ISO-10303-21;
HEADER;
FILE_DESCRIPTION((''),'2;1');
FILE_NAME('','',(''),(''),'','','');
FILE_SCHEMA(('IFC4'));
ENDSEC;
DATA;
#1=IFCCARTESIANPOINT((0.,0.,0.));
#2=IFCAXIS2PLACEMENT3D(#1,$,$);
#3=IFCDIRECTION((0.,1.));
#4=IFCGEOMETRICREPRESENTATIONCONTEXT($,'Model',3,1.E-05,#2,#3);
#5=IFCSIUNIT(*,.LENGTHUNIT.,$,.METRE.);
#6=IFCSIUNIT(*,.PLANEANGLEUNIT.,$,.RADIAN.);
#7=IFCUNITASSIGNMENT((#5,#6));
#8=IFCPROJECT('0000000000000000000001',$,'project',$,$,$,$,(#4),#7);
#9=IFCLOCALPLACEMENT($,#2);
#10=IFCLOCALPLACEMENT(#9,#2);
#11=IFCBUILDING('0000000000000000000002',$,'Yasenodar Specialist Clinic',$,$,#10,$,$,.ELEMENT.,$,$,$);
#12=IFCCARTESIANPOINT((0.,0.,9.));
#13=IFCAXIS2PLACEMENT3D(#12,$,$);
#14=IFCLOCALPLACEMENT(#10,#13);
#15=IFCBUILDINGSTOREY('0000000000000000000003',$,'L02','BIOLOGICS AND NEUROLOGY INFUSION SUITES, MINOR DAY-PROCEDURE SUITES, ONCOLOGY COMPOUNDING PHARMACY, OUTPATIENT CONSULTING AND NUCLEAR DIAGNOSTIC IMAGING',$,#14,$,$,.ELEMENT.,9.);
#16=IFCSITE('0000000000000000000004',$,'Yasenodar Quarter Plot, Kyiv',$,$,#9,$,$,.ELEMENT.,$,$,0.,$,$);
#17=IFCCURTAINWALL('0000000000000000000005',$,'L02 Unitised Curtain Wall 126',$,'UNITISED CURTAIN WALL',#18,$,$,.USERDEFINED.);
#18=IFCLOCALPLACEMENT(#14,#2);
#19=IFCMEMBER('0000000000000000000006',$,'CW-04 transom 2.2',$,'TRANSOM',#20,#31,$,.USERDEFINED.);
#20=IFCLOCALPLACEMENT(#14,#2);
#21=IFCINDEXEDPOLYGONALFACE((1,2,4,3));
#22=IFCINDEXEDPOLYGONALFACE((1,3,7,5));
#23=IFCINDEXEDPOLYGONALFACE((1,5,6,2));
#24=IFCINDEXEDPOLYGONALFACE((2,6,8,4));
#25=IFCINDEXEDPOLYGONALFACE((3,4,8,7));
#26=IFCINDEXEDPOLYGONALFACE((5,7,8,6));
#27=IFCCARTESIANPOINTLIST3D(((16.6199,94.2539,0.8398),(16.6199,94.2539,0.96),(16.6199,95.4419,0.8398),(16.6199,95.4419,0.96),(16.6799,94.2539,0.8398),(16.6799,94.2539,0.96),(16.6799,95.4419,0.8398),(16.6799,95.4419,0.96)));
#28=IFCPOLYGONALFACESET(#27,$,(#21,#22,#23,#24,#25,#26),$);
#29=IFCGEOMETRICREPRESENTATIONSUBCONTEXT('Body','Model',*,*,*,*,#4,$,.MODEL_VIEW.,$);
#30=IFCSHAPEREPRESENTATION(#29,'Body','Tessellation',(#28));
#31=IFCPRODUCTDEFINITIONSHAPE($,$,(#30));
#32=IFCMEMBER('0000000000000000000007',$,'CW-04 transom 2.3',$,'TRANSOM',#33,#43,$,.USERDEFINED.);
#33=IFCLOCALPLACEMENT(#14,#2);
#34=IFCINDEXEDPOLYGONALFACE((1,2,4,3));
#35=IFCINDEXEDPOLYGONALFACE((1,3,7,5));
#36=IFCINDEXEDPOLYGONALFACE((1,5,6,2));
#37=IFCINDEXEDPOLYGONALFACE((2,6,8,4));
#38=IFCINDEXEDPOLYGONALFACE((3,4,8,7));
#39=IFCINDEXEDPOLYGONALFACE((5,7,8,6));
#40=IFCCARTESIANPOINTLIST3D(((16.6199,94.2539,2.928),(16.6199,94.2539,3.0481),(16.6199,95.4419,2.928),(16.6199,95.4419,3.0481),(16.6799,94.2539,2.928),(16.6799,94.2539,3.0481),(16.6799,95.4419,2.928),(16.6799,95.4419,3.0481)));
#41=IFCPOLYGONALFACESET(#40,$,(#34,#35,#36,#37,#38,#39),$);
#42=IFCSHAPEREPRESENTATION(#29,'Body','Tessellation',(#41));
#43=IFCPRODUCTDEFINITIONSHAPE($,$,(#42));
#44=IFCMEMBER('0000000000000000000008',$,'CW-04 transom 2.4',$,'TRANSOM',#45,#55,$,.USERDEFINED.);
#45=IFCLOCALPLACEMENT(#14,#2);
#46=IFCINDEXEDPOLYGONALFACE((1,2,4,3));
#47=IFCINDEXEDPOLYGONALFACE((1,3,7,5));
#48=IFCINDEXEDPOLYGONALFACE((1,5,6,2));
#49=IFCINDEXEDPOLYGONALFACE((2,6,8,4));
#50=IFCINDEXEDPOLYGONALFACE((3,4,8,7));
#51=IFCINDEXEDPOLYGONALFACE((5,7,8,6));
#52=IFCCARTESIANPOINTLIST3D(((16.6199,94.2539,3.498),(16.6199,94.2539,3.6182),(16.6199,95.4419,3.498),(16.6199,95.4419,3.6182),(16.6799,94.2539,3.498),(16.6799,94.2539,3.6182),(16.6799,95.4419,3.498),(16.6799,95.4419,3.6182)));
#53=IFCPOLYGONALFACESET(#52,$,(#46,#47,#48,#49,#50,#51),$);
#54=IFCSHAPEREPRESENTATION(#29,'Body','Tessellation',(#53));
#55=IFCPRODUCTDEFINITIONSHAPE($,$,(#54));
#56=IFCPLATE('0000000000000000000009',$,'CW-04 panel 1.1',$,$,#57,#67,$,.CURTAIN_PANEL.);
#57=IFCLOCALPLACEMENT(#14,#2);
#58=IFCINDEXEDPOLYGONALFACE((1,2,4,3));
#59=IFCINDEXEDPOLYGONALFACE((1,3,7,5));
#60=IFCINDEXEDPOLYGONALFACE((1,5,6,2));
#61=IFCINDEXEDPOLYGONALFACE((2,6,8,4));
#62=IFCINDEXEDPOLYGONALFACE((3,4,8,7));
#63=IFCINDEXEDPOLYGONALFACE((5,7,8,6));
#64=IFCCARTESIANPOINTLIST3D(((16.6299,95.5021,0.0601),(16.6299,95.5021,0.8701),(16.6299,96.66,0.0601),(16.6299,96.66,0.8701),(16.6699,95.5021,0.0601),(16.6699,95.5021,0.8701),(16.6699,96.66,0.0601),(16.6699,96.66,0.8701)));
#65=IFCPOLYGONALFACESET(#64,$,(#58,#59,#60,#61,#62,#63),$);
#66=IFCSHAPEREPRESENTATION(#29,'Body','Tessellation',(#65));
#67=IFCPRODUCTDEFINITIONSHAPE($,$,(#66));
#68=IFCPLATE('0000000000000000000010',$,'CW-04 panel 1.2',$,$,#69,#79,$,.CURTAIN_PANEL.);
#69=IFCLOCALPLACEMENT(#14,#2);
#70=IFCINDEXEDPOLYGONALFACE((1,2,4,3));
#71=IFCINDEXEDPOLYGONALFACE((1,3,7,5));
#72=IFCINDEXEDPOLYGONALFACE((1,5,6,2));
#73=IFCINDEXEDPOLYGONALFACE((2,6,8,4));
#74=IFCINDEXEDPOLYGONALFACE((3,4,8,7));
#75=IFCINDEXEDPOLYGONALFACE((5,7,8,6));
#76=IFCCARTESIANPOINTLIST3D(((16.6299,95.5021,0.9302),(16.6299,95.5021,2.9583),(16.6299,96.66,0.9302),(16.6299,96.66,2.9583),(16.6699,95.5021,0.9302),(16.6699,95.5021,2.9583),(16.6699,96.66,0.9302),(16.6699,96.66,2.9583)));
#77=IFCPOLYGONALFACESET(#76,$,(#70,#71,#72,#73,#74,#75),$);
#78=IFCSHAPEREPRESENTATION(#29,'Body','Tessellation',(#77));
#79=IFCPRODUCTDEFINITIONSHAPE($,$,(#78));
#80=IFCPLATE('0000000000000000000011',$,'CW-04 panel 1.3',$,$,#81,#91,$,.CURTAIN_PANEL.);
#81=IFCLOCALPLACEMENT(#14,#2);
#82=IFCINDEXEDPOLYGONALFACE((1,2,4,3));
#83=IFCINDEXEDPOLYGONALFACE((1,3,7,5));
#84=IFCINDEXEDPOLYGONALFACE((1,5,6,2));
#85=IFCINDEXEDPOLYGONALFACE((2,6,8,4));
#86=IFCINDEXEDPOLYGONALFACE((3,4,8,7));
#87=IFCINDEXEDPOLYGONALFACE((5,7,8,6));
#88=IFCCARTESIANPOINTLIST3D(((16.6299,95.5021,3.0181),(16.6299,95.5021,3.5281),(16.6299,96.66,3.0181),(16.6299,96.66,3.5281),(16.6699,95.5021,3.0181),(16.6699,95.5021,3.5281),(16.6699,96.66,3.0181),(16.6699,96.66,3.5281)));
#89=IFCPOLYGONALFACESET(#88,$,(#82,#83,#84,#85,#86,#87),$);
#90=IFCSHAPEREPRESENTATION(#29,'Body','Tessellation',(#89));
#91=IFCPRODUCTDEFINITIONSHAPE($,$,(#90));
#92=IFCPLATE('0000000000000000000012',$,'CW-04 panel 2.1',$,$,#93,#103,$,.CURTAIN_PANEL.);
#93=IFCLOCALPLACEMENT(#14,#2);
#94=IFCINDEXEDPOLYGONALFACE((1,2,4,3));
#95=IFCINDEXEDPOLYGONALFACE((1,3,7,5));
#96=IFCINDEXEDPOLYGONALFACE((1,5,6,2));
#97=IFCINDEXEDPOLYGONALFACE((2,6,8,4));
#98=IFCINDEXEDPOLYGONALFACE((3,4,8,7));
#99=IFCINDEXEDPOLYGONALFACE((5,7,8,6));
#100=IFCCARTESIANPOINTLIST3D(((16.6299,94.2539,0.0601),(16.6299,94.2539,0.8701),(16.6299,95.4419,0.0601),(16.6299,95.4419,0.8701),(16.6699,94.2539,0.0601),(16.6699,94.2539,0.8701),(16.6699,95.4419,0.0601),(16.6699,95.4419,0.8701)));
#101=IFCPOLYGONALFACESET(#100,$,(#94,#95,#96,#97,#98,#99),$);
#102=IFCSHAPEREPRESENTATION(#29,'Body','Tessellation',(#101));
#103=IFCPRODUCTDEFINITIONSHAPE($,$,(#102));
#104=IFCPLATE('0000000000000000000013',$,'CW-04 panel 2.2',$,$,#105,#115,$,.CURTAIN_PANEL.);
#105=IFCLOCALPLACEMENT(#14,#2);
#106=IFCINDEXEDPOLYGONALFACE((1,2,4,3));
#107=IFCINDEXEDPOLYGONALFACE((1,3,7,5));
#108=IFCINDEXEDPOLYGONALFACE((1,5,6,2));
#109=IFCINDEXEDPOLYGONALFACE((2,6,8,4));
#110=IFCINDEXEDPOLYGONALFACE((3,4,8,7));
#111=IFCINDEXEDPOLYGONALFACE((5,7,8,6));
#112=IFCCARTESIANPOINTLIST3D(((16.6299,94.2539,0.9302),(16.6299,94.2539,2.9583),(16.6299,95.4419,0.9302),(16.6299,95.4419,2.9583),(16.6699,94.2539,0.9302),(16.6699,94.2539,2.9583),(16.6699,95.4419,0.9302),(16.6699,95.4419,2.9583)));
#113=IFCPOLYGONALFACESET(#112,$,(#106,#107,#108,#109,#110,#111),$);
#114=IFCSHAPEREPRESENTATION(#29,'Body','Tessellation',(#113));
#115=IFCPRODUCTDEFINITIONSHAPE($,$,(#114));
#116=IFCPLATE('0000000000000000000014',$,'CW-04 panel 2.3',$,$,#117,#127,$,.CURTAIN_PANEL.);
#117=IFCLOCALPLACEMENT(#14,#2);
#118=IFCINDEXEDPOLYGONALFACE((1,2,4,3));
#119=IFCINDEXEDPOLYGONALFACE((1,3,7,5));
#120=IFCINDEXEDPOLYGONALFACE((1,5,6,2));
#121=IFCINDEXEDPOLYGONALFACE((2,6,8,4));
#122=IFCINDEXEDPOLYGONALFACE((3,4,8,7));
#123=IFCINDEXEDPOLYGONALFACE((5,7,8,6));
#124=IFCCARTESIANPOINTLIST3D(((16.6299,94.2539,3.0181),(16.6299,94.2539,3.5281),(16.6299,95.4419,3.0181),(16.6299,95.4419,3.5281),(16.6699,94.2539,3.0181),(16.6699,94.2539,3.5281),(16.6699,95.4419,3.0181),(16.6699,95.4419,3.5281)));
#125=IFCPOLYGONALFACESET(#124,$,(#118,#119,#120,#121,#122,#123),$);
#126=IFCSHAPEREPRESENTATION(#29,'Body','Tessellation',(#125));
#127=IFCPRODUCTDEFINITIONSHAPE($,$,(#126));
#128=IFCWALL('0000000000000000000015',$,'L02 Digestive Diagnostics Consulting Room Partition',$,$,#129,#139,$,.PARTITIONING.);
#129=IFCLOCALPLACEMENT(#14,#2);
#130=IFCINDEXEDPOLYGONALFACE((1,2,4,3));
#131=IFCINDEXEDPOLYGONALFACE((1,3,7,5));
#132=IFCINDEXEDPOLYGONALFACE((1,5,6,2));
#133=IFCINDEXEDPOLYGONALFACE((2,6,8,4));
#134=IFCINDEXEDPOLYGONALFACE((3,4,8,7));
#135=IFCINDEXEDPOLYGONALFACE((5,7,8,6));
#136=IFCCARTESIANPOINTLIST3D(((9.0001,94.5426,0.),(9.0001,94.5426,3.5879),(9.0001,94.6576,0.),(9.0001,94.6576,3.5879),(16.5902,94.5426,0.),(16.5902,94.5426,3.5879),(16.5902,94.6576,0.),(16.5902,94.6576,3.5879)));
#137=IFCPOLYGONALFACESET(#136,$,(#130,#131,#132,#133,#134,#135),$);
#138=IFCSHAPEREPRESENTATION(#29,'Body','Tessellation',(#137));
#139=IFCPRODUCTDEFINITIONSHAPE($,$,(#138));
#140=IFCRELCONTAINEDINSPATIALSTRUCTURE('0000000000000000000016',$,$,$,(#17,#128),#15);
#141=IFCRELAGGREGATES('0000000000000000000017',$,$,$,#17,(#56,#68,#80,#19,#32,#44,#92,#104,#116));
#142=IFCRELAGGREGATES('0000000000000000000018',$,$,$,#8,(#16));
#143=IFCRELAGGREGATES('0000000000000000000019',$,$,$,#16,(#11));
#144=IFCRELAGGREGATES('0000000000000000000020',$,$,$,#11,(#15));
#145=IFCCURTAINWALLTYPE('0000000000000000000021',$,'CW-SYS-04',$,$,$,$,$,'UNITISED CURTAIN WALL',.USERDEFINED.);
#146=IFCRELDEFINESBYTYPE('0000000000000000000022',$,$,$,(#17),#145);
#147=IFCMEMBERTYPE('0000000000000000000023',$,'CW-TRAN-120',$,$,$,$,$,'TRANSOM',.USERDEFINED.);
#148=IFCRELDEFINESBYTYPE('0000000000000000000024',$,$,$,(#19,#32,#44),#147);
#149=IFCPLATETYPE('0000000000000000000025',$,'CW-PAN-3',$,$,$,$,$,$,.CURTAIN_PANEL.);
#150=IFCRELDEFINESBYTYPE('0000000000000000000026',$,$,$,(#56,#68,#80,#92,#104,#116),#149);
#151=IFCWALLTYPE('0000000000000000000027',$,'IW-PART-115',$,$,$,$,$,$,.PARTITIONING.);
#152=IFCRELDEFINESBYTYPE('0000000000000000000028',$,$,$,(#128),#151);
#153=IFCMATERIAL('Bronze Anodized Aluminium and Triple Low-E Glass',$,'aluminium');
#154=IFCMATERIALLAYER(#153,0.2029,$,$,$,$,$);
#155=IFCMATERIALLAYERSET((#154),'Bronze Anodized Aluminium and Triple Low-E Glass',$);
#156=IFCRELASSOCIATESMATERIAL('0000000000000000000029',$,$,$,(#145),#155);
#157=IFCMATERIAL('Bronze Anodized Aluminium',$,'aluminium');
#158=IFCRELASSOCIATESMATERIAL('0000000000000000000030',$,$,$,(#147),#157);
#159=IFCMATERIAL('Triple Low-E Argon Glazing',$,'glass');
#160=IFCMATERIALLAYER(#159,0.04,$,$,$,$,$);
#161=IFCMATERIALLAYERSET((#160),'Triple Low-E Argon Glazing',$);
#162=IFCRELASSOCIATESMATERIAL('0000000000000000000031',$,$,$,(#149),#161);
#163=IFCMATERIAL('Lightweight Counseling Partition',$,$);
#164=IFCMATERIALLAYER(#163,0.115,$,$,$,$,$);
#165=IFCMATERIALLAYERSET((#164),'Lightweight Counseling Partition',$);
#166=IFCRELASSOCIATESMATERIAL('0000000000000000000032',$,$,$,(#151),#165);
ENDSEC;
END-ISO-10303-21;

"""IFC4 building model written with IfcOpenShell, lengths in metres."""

from ifc_helpers import new_model, si_unit, direction, frame, frame_2d, origin, origin_2d, place, context, subcontext, project, spatial, rectangle, extrude, material, layer, layer_set, material_profile, profile_set, type_object, element, aggregate, save


model = new_model("IFC4")

# Units and contexts
model_context = context("Model", 3, precision=1e-05, world=origin(), true_north=direction((0.0, 1.0)))
body_context = subcontext(model_context, "Body", "Model", "MODEL_VIEW")
ifc_project = project(units=[si_unit("LENGTHUNIT", "METRE"), si_unit("PLANEANGLEUNIT", "RADIAN")], contexts=[model_context])

# Site, building, storey
site_placement = place(None, origin())
site = spatial("IfcSite", under=ifc_project, at=site_placement, Name="Yasenodar Quarter Plot, Kyiv", CompositionType="ELEMENT", RefElevation=0.0)
building_placement = place(site_placement, origin())
building = spatial("IfcBuilding", under=site, at=building_placement, Name="Yasenodar Specialist Clinic", CompositionType="ELEMENT")
storey_placement = place(building_placement, frame((0.0, 0.0, 9.0)))
storey = spatial("IfcBuildingStorey", under=building, at=storey_placement, Name="L02", Description="BIOLOGICS AND NEUROLOGY INFUSION SUITES, MINOR DAY-PROCEDURE SUITES, ONCOLOGY COMPOUNDING PHARMACY, OUTPATIENT CONSULTING AND NUCLEAR DIAGNOSTIC IMAGING", CompositionType="ELEMENT", Elevation=9.0)

# Curtain wall, members, plates
ifc_material_1 = material(Name="Bronze Anodized Aluminium and Triple Low-E Glass", Category="aluminium")
ifc_layer_1 = layer(ifc_material_1, 0.2029)
ifc_layer_set_1 = layer_set([ifc_layer_1], Name="Bronze Anodized Aluminium and Triple Low-E Glass")
curtain_wall_type = type_object("IfcCurtainWallType", Name="CW-SYS-04", ElementType="UNITISED CURTAIN WALL", PredefinedType="USERDEFINED", material=ifc_layer_set_1)
curtain_wall_placement = place(storey_placement, origin())
curtain_wall = element("IfcCurtainWall", 1, at=curtain_wall_placement, inside=storey, type_object=curtain_wall_type, Name="L02 Unitised Curtain Wall 126", ObjectType="UNITISED CURTAIN WALL", PredefinedType="USERDEFINED")
ifc_material_2 = material(Name="Bronze Anodized Aluminium", Category="aluminium")
ifc_material_profile_1 = material_profile(ifc_material_2, rectangle(XDim=0.0601, YDim=0.1201, at=origin_2d()), Name="CW-TRAN 60x120")
ifc_profile_set_1 = profile_set([ifc_material_profile_1], Name="Bronze Anodized Aluminium")
member_type_1 = type_object("IfcMemberType", Name="CW-TRAN-120", ElementType="TRANSOM", PredefinedType="USERDEFINED", material=ifc_profile_set_1)
member_1_placement = place(storey_placement, frame((16.6499, 95.4419, 0.8999), z_axis=(0.0, -1.0, 0.0), x_axis=(1.0, 0.0, 0.0)))
member_1 = element("IfcMember", 2, at=member_1_placement, type_object=member_type_1, Name="CW-04 transom 2.2", ObjectType="TRANSOM", PredefinedType="USERDEFINED", context=body_context, shape_type="SweptSolid", body=[
    extrude(rectangle(XDim=0.0601, YDim=0.1201, at=origin_2d()), origin(), (0.0, 0.0, 1.0), 1.188),
])
member_2_placement = place(storey_placement, frame((16.6499, 95.4419, 2.988), z_axis=(0.0, -1.0, 0.0), x_axis=(1.0, 0.0, 0.0)))
member_2 = element("IfcMember", 3, at=member_2_placement, type_object=member_type_1, Name="CW-04 transom 2.3", ObjectType="TRANSOM", PredefinedType="USERDEFINED", context=body_context, shape_type="SweptSolid", body=[
    extrude(rectangle(XDim=0.0601, YDim=0.1201, at=origin_2d()), origin(), (0.0, 0.0, 1.0), 1.188),
])
member_3_placement = place(storey_placement, frame((16.6499, 95.4419, 3.5581), z_axis=(0.0, -1.0, 0.0), x_axis=(1.0, 0.0, 0.0)))
member_3 = element("IfcMember", 4, at=member_3_placement, type_object=member_type_1, Name="CW-04 transom 2.4", ObjectType="TRANSOM", PredefinedType="USERDEFINED", context=body_context, shape_type="SweptSolid", body=[
    extrude(rectangle(XDim=0.0601, YDim=0.1201, at=origin_2d()), origin(), (0.0, 0.0, 1.0), 1.188),
])
ifc_material_3 = material(Name="Triple Low-E Argon Glazing", Category="glass")
ifc_layer_2 = layer(ifc_material_3, 0.04)
ifc_layer_set_2 = layer_set([ifc_layer_2], Name="Triple Low-E Argon Glazing")
plate_type = type_object("IfcPlateType", Name="CW-PAN-3", PredefinedType="CURTAIN_PANEL", material=ifc_layer_set_2)
plate_1_placement = place(storey_placement, frame((16.6499, 96.0811, 0.0601), z_axis=(0.0, 0.0, 1.0), x_axis=(0.0, -1.0, 0.0)))
plate_1 = element("IfcPlate", 5, at=plate_1_placement, type_object=plate_type, Name="CW-04 panel 1.1", PredefinedType="CURTAIN_PANEL", context=body_context, shape_type="SweptSolid", body=[
    extrude(rectangle(XDim=1.158, YDim=0.04, at=origin_2d()), origin(), (0.0, 0.0, 1.0), 0.8101),
])
plate_2_placement = place(storey_placement, frame((16.6499, 96.0811, 0.9302), z_axis=(0.0, 0.0, 1.0), x_axis=(0.0, -1.0, 0.0)))
plate_2 = element("IfcPlate", 6, at=plate_2_placement, type_object=plate_type, Name="CW-04 panel 1.2", PredefinedType="CURTAIN_PANEL", context=body_context, shape_type="SweptSolid", body=[
    extrude(rectangle(XDim=1.158, YDim=0.04, at=origin_2d()), origin(), (0.0, 0.0, 1.0), 2.0281),
])
plate_3_placement = place(storey_placement, frame((16.6499, 96.0811, 3.0181), z_axis=(0.0, 0.0, 1.0), x_axis=(0.0, -1.0, 0.0)))
plate_3 = element("IfcPlate", 7, at=plate_3_placement, type_object=plate_type, Name="CW-04 panel 1.3", PredefinedType="CURTAIN_PANEL", context=body_context, shape_type="SweptSolid", body=[
    extrude(rectangle(XDim=1.158, YDim=0.04, at=origin_2d()), origin(), (0.0, 0.0, 1.0), 0.51),
])
plate_4_placement = place(storey_placement, frame((16.6499, 94.8479, 0.0601), z_axis=(0.0, 0.0, 1.0), x_axis=(0.0, -1.0, 0.0)))
plate_4 = element("IfcPlate", 8, at=plate_4_placement, type_object=plate_type, Name="CW-04 panel 2.1", PredefinedType="CURTAIN_PANEL", context=body_context, shape_type="SweptSolid", body=[
    extrude(rectangle(XDim=1.188, YDim=0.04, at=origin_2d()), origin(), (0.0, 0.0, 1.0), 0.8101),
])
plate_5_placement = place(storey_placement, frame((16.6499, 94.8479, 0.9302), z_axis=(0.0, 0.0, 1.0), x_axis=(0.0, -1.0, 0.0)))
plate_5 = element("IfcPlate", 9, at=plate_5_placement, type_object=plate_type, Name="CW-04 panel 2.2", PredefinedType="CURTAIN_PANEL", context=body_context, shape_type="SweptSolid", body=[
    extrude(rectangle(XDim=1.188, YDim=0.04, at=origin_2d()), origin(), (0.0, 0.0, 1.0), 2.0281),
])
plate_6_placement = place(storey_placement, frame((16.6499, 94.8479, 3.0181), z_axis=(0.0, 0.0, 1.0), x_axis=(0.0, -1.0, 0.0)))
plate_6 = element("IfcPlate", 10, at=plate_6_placement, type_object=plate_type, Name="CW-04 panel 2.3", PredefinedType="CURTAIN_PANEL", context=body_context, shape_type="SweptSolid", body=[
    extrude(rectangle(XDim=1.188, YDim=0.04, at=origin_2d()), origin(), (0.0, 0.0, 1.0), 0.51),
])
aggregate(curtain_wall, [plate_1, plate_2, plate_3, member_1, member_2, member_3, plate_4, plate_5, plate_6])

# Wall
ifc_material_4 = material(Name="Lightweight Counseling Partition")
ifc_layer_3 = layer(ifc_material_4, 0.115)
ifc_layer_set_3 = layer_set([ifc_layer_3], Name="Lightweight Counseling Partition")
wall_type = type_object("IfcWallType", Name="IW-PART-115", PredefinedType="PARTITIONING", material=ifc_layer_set_3)
wall_placement = place(storey_placement, frame((16.5901, 94.6001, 0.0), z_axis=(0.0, 0.0, 1.0), x_axis=(-1.0, 0.0, 0.0)))
element("IfcWall", 11, at=wall_placement, inside=storey, type_object=wall_type, Name="L02 Digestive Diagnostics Consulting Room Partition", PredefinedType="PARTITIONING", context=body_context, shape_type="SweptSolid", body=[
    extrude(rectangle(XDim=7.5901, YDim=0.115, at=frame_2d((3.7949, 0.0))), origin(), (0.0, 0.0, 1.0), 3.5879),
])

save(model, "model.ifc")
